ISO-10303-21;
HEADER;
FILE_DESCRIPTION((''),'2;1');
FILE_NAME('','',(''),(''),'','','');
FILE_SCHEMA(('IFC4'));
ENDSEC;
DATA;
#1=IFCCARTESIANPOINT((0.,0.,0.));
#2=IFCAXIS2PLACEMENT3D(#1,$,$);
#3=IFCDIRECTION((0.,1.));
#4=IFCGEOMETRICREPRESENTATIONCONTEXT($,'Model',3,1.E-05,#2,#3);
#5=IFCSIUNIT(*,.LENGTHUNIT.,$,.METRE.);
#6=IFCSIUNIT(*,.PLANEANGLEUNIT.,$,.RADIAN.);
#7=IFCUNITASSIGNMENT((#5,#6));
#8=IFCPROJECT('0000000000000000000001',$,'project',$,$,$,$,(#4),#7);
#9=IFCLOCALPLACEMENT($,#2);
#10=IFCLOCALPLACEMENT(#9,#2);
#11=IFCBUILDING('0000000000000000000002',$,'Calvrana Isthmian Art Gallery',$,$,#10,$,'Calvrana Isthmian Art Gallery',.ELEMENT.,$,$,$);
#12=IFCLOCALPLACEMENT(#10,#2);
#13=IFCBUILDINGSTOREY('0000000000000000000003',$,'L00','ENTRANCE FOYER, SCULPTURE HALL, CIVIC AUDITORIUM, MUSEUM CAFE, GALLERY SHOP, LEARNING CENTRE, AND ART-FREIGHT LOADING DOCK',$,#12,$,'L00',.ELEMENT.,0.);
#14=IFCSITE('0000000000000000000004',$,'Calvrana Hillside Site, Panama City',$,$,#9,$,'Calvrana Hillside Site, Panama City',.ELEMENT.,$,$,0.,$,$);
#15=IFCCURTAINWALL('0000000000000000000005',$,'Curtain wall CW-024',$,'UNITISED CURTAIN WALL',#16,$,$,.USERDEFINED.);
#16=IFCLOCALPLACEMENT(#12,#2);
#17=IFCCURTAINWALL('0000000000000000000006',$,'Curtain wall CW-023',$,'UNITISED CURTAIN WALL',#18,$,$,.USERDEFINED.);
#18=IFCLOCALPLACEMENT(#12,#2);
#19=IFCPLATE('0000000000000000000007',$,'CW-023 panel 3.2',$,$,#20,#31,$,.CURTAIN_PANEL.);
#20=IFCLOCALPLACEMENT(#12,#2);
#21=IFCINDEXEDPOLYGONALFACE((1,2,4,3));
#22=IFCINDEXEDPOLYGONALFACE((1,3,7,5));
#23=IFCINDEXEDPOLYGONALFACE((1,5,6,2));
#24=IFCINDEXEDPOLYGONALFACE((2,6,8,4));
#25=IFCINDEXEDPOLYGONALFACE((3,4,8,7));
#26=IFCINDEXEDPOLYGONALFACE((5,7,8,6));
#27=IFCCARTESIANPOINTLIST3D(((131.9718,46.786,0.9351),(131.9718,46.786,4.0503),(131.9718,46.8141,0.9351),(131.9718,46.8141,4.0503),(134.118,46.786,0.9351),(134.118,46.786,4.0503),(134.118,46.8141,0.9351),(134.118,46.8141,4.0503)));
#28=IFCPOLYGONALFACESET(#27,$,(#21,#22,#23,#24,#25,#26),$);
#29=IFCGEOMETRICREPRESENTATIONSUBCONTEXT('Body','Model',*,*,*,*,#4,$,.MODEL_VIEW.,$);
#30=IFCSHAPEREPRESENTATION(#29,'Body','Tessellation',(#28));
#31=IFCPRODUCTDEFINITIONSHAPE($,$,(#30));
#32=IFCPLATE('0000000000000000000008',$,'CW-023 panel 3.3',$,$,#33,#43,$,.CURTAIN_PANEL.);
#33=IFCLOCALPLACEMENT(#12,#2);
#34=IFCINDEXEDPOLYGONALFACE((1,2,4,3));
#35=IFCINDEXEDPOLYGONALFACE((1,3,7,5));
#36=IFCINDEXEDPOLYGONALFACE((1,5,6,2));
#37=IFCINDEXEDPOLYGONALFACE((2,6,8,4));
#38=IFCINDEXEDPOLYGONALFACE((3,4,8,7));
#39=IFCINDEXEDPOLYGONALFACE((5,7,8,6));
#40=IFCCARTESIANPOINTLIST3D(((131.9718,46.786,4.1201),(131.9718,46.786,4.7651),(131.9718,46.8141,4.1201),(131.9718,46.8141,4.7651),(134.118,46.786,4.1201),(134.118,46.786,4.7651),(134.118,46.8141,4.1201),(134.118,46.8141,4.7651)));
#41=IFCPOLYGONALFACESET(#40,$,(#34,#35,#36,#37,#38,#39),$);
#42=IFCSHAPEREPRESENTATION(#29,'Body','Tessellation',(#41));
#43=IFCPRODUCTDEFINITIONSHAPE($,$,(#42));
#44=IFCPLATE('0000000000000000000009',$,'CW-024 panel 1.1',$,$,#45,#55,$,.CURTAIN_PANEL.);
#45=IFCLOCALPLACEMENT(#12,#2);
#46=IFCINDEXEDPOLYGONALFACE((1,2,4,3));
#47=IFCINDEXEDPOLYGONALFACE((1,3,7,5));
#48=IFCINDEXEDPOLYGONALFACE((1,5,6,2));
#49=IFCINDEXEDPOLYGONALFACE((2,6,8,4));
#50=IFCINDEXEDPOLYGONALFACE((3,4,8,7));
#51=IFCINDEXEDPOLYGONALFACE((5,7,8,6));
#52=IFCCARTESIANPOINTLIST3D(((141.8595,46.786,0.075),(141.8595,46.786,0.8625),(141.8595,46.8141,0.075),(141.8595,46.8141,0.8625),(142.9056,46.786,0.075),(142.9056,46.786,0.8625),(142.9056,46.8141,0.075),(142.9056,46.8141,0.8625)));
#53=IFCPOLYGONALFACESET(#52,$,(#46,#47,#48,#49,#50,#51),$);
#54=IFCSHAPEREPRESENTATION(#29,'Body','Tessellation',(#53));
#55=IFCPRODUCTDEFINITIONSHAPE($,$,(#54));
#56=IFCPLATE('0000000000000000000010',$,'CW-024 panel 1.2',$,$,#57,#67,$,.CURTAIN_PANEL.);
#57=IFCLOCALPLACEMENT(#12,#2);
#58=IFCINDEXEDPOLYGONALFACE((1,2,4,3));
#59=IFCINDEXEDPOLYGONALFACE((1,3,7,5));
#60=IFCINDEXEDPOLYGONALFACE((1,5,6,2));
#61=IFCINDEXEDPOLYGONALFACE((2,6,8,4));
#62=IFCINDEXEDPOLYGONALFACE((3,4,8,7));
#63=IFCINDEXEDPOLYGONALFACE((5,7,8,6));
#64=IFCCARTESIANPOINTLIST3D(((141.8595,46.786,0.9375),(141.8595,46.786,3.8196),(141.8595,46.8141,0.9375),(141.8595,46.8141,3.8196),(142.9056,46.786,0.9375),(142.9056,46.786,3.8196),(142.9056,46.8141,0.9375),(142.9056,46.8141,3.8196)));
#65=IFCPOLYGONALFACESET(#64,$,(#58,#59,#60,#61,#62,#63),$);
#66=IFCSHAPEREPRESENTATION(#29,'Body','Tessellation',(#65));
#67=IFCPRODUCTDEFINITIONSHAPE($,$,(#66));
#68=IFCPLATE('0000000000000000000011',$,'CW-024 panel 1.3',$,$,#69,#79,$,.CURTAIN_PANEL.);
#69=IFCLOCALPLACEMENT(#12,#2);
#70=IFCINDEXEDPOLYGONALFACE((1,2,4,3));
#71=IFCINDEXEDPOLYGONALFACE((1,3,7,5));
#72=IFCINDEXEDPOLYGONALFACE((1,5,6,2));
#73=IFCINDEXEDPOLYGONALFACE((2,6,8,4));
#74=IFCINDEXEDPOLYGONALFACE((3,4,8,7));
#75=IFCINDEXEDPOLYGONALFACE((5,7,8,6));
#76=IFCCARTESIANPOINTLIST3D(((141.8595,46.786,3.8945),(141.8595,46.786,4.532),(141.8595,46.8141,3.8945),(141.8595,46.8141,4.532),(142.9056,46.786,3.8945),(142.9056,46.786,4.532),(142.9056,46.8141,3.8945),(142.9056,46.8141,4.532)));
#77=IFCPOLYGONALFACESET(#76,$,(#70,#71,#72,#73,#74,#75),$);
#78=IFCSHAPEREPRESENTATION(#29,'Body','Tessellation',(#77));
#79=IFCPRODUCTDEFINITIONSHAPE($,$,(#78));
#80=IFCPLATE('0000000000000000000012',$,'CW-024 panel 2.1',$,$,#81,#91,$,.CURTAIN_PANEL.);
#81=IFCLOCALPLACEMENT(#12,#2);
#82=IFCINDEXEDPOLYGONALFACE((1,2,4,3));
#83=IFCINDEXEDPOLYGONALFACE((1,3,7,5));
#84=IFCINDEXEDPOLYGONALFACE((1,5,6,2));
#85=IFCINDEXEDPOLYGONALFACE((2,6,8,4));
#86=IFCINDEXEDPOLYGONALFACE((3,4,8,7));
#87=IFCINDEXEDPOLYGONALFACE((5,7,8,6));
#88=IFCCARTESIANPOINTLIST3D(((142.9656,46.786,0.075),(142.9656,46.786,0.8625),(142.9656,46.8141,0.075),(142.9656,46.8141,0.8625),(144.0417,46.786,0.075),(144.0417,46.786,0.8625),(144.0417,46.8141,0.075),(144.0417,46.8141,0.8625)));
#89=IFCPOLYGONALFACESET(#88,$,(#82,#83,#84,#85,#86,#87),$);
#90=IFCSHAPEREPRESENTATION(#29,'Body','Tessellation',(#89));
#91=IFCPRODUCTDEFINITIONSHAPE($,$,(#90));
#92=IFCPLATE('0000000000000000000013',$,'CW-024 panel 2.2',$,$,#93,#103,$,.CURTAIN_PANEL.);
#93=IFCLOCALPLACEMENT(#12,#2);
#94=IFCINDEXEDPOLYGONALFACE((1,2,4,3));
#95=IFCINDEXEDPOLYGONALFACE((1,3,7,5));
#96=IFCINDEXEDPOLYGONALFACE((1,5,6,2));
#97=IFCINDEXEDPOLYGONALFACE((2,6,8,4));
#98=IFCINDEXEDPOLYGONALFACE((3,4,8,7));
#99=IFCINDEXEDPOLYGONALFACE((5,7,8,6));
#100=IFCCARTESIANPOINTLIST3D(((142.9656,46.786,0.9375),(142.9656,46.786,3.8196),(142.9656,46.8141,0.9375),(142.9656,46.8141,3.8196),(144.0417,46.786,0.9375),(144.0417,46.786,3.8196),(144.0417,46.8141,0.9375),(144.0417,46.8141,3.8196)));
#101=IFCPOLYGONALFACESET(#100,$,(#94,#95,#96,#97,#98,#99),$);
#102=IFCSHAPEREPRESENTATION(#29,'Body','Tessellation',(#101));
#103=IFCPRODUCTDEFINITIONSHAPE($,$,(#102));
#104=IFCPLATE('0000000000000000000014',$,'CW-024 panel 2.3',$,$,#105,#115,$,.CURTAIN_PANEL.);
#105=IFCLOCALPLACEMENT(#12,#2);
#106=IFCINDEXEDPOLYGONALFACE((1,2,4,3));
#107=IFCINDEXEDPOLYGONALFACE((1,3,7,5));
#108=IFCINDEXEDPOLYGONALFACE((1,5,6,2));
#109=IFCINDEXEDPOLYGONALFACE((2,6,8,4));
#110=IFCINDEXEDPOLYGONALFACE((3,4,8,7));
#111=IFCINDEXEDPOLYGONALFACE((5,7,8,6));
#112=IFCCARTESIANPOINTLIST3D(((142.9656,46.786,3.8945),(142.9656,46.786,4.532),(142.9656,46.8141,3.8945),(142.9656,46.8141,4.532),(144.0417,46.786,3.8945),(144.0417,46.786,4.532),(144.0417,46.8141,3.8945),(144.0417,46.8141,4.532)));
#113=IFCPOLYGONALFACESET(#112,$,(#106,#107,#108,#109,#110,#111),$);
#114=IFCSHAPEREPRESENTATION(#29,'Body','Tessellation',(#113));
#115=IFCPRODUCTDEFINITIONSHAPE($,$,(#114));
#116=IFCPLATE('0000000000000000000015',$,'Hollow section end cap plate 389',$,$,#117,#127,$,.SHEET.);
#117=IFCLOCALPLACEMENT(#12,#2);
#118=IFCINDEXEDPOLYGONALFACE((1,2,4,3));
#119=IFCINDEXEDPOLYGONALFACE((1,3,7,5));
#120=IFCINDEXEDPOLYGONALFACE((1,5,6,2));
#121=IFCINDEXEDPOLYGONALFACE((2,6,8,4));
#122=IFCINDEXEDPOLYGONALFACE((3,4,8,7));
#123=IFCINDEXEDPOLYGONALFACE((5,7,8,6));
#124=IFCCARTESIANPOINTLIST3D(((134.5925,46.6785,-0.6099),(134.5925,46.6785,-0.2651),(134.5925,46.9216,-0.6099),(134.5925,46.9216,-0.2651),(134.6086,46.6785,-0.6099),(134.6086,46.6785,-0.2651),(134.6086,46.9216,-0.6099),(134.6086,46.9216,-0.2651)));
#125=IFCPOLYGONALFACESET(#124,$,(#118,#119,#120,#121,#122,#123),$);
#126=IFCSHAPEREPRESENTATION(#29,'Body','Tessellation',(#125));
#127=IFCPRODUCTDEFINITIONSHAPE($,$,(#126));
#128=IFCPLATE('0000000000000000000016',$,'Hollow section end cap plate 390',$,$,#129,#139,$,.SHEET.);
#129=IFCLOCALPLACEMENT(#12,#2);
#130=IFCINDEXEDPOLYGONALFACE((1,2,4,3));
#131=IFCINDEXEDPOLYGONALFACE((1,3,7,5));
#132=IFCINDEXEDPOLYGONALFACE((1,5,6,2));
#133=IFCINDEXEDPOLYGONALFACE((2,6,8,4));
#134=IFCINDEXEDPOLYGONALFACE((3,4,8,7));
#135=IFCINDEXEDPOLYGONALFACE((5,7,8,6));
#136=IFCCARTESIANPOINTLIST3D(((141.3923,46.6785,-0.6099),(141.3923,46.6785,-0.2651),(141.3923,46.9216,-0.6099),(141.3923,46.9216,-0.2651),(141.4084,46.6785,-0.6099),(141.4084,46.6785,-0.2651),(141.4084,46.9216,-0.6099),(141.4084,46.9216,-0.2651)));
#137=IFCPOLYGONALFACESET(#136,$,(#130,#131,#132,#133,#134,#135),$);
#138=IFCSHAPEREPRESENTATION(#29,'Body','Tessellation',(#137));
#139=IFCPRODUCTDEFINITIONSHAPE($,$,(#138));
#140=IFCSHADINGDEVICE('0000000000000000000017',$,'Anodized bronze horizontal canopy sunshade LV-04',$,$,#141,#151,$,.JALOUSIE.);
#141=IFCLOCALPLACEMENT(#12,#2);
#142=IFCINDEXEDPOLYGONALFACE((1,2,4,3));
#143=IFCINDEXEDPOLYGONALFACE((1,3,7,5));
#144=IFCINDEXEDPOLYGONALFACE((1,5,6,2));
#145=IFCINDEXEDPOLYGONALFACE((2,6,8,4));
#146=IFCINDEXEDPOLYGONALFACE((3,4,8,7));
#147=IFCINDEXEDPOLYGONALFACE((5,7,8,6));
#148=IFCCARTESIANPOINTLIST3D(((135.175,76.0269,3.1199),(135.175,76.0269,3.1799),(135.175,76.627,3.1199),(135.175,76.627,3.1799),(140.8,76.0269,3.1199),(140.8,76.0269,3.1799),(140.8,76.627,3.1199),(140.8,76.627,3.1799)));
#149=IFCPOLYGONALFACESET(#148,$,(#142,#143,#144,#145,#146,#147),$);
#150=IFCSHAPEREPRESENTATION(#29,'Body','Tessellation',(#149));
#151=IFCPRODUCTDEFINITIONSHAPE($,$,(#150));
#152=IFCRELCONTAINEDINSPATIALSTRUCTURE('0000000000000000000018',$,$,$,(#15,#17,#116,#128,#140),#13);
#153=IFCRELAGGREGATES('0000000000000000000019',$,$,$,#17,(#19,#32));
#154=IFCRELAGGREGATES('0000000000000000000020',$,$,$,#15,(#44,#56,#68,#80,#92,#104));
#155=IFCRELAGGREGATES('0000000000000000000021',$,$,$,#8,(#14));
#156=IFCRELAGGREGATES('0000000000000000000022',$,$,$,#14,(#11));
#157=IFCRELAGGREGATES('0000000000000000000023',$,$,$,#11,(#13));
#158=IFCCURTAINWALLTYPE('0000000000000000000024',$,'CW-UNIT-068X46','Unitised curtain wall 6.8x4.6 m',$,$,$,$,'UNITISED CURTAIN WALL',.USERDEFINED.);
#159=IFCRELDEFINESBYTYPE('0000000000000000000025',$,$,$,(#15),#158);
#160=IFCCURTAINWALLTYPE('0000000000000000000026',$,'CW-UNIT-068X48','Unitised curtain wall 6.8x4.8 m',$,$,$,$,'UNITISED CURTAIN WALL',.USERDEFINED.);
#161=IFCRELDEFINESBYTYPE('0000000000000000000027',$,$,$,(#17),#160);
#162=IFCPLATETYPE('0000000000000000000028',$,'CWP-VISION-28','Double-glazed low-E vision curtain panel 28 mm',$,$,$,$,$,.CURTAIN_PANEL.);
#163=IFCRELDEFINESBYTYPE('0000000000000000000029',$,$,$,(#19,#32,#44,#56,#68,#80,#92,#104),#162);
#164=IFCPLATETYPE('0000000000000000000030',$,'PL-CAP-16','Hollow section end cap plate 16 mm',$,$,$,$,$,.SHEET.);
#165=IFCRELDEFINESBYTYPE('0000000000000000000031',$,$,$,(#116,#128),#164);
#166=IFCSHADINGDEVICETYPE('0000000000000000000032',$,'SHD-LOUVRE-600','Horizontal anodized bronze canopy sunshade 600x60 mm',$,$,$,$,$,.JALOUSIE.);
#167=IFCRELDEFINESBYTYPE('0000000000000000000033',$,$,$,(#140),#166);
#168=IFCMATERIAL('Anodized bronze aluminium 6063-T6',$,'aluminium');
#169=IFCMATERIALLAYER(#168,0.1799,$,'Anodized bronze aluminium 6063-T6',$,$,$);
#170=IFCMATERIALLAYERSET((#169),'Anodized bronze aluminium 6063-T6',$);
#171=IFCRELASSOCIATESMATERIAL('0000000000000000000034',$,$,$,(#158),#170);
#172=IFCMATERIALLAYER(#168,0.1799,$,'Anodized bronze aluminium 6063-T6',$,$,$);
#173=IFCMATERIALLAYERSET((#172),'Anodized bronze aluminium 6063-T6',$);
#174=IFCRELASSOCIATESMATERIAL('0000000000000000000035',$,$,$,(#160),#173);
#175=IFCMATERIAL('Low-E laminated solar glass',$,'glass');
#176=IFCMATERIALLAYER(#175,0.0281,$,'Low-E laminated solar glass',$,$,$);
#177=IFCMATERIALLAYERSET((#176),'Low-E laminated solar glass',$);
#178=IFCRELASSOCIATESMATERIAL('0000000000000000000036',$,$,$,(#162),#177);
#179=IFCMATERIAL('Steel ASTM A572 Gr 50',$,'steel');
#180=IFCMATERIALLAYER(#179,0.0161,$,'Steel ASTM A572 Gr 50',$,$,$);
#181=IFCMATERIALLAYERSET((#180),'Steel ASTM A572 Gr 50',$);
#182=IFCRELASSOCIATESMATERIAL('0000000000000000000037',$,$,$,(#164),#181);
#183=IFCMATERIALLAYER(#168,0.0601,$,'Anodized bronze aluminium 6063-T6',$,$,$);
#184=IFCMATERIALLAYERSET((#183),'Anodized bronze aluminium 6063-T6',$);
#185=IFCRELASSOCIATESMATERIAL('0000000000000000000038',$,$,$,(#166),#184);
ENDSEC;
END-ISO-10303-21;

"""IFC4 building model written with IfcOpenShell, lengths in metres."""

from ifc_helpers import new_model, si_unit, direction, frame, origin, origin_2d, place, context, subcontext, project, spatial, rectangle, extrude, material, layer, layer_set, type_object, element, aggregate, save


model = new_model("IFC4")

# Units and contexts
model_context = context("Model", 3, precision=1e-05, world=origin(), true_north=direction((0.0, 1.0)))
body_context = subcontext(model_context, "Body", "Model", "MODEL_VIEW")
ifc_project = project(units=[si_unit("LENGTHUNIT", "METRE"), si_unit("PLANEANGLEUNIT", "RADIAN")], contexts=[model_context])

# Site, building, storey
site_placement = place(None, origin())
site = spatial("IfcSite", under=ifc_project, at=site_placement, Name="Calvrana Hillside Site, Panama City", LongName="Calvrana Hillside Site, Panama City", CompositionType="ELEMENT", RefElevation=0.0)
building_placement = place(site_placement, origin())
building = spatial("IfcBuilding", under=site, at=building_placement, Name="Calvrana Isthmian Art Gallery", LongName="Calvrana Isthmian Art Gallery", CompositionType="ELEMENT")
storey_placement = place(building_placement, origin())
storey = spatial("IfcBuildingStorey", under=building, at=storey_placement, Name="L00", Description="ENTRANCE FOYER, SCULPTURE HALL, CIVIC AUDITORIUM, MUSEUM CAFE, GALLERY SHOP, LEARNING CENTRE, AND ART-FREIGHT LOADING DOCK", LongName="L00", CompositionType="ELEMENT", Elevation=0.0)

# Curtain walls
ifc_material_1 = material(Name="Anodized bronze aluminium 6063-T6", Category="aluminium")
ifc_layer_1 = layer(ifc_material_1, 0.1799, Name="Anodized bronze aluminium 6063-T6")
ifc_layer_set_1 = layer_set([ifc_layer_1], Name="Anodized bronze aluminium 6063-T6")
curtain_wall_type_1 = type_object("IfcCurtainWallType", Name="CW-UNIT-068X46", Description="Unitised curtain wall 6.8x4.6 m", ElementType="UNITISED CURTAIN WALL", PredefinedType="USERDEFINED", material=ifc_layer_set_1)
curtain_wall_1_placement = place(storey_placement, origin())
curtain_wall_1 = element("IfcCurtainWall", 1, at=curtain_wall_1_placement, inside=storey, type_object=curtain_wall_type_1, Name="Curtain wall CW-024", ObjectType="UNITISED CURTAIN WALL", PredefinedType="USERDEFINED")
ifc_layer_2 = layer(ifc_material_1, 0.1799, Name="Anodized bronze aluminium 6063-T6")
ifc_layer_set_2 = layer_set([ifc_layer_2], Name="Anodized bronze aluminium 6063-T6")
curtain_wall_type_2 = type_object("IfcCurtainWallType", Name="CW-UNIT-068X48", Description="Unitised curtain wall 6.8x4.8 m", ElementType="UNITISED CURTAIN WALL", PredefinedType="USERDEFINED", material=ifc_layer_set_2)
curtain_wall_2_placement = place(storey_placement, origin())
curtain_wall_2 = element("IfcCurtainWall", 2, at=curtain_wall_2_placement, inside=storey, type_object=curtain_wall_type_2, Name="Curtain wall CW-023", ObjectType="UNITISED CURTAIN WALL", PredefinedType="USERDEFINED")

# Plates
ifc_material_2 = material(Name="Low-E laminated solar glass", Category="glass")
ifc_layer_3 = layer(ifc_material_2, 0.0281, Name="Low-E laminated solar glass")
ifc_layer_set_3 = layer_set([ifc_layer_3], Name="Low-E laminated solar glass")
plate_type_1 = type_object("IfcPlateType", Name="CWP-VISION-28", Description="Double-glazed low-E vision curtain panel 28 mm", PredefinedType="CURTAIN_PANEL", material=ifc_layer_set_3)
plate_1_placement = place(storey_placement, frame((133.0449, 46.8, 0.9351), z_axis=(0.0, 0.0, 1.0), x_axis=(1.0, 0.0, 0.0)))
plate_1 = element("IfcPlate", 3, at=plate_1_placement, type_object=plate_type_1, Name="CW-023 panel 3.2", PredefinedType="CURTAIN_PANEL", context=body_context, shape_type="SweptSolid", body=[
    extrude(rectangle(XDim=2.1462, YDim=0.0281, at=origin_2d()), origin(), (0.0, 0.0, 1.0), 3.1152),
])
plate_2_placement = place(storey_placement, frame((133.0449, 46.8, 4.1201), z_axis=(0.0, 0.0, 1.0), x_axis=(1.0, 0.0, 0.0)))
plate_2 = element("IfcPlate", 4, at=plate_2_placement, type_object=plate_type_1, Name="CW-023 panel 3.3", PredefinedType="CURTAIN_PANEL", context=body_context, shape_type="SweptSolid", body=[
    extrude(rectangle(XDim=2.1462, YDim=0.0281, at=origin_2d()), origin(), (0.0, 0.0, 1.0), 0.645),
])
aggregate(curtain_wall_2, [plate_1, plate_2])
plate_3_placement = place(storey_placement, frame((142.3826, 46.8, 0.075), z_axis=(0.0, 0.0, 1.0), x_axis=(1.0, 0.0, 0.0)))
plate_3 = element("IfcPlate", 5, at=plate_3_placement, type_object=plate_type_1, Name="CW-024 panel 1.1", PredefinedType="CURTAIN_PANEL", context=body_context, shape_type="SweptSolid", body=[
    extrude(rectangle(XDim=1.0461, YDim=0.0281, at=origin_2d()), origin(), (0.0, 0.0, 1.0), 0.7876),
])
plate_4_placement = place(storey_placement, frame((142.3826, 46.8, 0.9375), z_axis=(0.0, 0.0, 1.0), x_axis=(1.0, 0.0, 0.0)))
plate_4 = element("IfcPlate", 6, at=plate_4_placement, type_object=plate_type_1, Name="CW-024 panel 1.2", PredefinedType="CURTAIN_PANEL", context=body_context, shape_type="SweptSolid", body=[
    extrude(rectangle(XDim=1.0461, YDim=0.0281, at=origin_2d()), origin(), (0.0, 0.0, 1.0), 2.8821),
])
plate_5_placement = place(storey_placement, frame((142.3826, 46.8, 3.8945), z_axis=(0.0, 0.0, 1.0), x_axis=(1.0, 0.0, 0.0)))
plate_5 = element("IfcPlate", 7, at=plate_5_placement, type_object=plate_type_1, Name="CW-024 panel 1.3", PredefinedType="CURTAIN_PANEL", context=body_context, shape_type="SweptSolid", body=[
    extrude(rectangle(XDim=1.0461, YDim=0.0281, at=origin_2d()), origin(), (0.0, 0.0, 1.0), 0.6375),
])
plate_6_placement = place(storey_placement, frame((143.5037, 46.8, 0.075), z_axis=(0.0, 0.0, 1.0), x_axis=(1.0, 0.0, 0.0)))
plate_6 = element("IfcPlate", 8, at=plate_6_placement, type_object=plate_type_1, Name="CW-024 panel 2.1", PredefinedType="CURTAIN_PANEL", context=body_context, shape_type="SweptSolid", body=[
    extrude(rectangle(XDim=1.0762, YDim=0.0281, at=origin_2d()), origin(), (0.0, 0.0, 1.0), 0.7876),
])
plate_7_placement = place(storey_placement, frame((143.5037, 46.8, 0.9375), z_axis=(0.0, 0.0, 1.0), x_axis=(1.0, 0.0, 0.0)))
plate_7 = element("IfcPlate", 9, at=plate_7_placement, type_object=plate_type_1, Name="CW-024 panel 2.2", PredefinedType="CURTAIN_PANEL", context=body_context, shape_type="SweptSolid", body=[
    extrude(rectangle(XDim=1.0762, YDim=0.0281, at=origin_2d()), origin(), (0.0, 0.0, 1.0), 2.8821),
])
plate_8_placement = place(storey_placement, frame((143.5037, 46.8, 3.8945), z_axis=(0.0, 0.0, 1.0), x_axis=(1.0, 0.0, 0.0)))
plate_8 = element("IfcPlate", 10, at=plate_8_placement, type_object=plate_type_1, Name="CW-024 panel 2.3", PredefinedType="CURTAIN_PANEL", context=body_context, shape_type="SweptSolid", body=[
    extrude(rectangle(XDim=1.0762, YDim=0.0281, at=origin_2d()), origin(), (0.0, 0.0, 1.0), 0.6375),
])
aggregate(curtain_wall_1, [plate_3, plate_4, plate_5, plate_6, plate_7, plate_8])

# Plates
ifc_material_3 = material(Name="Steel ASTM A572 Gr 50", Category="steel")
ifc_layer_4 = layer(ifc_material_3, 0.0161, Name="Steel ASTM A572 Gr 50")
ifc_layer_set_4 = layer_set([ifc_layer_4], Name="Steel ASTM A572 Gr 50")
plate_type_2 = type_object("IfcPlateType", Name="PL-CAP-16", Description="Hollow section end cap plate 16 mm", PredefinedType="SHEET", material=ifc_layer_set_4)
for number, where, z_axis, x_axis, name in (
    (11, (134.6006, 46.8, -0.6099), (0.0, 0.0, 1.0), (1.0, 0.0, 0.0), "Hollow section end cap plate 389"),
    (12, (141.4004, 46.8, -0.6099), (0.0, 0.0, 1.0), (1.0, 0.0, 0.0), "Hollow section end cap plate 390"),
):
    element("IfcPlate", number, at=place(storey_placement, frame(where, z_axis=z_axis, x_axis=x_axis)), inside=storey, type_object=plate_type_2, Name=name, PredefinedType="SHEET", context=body_context, shape_type="SweptSolid", body=[
        extrude(rectangle(XDim=0.0161, YDim=0.2432, at=origin_2d()), origin(), (0.0, 0.0, 1.0), 0.3447),
    ])

# Shading device
ifc_layer_5 = layer(ifc_material_1, 0.0601, Name="Anodized bronze aluminium 6063-T6")
ifc_layer_set_5 = layer_set([ifc_layer_5], Name="Anodized bronze aluminium 6063-T6")
shading_device_type = type_object("IfcShadingDeviceType", Name="SHD-LOUVRE-600", Description="Horizontal anodized bronze canopy sunshade 600x60 mm", PredefinedType="JALOUSIE", material=ifc_layer_set_5)
shading_device_placement = place(storey_placement, frame((137.9875, 76.3269, 3.1199), z_axis=(0.0, 0.0, 1.0), x_axis=(-1.0, 0.0, 0.0)))
element("IfcShadingDevice", 13, at=shading_device_placement, inside=storey, type_object=shading_device_type, Name="Anodized bronze horizontal canopy sunshade LV-04", PredefinedType="JALOUSIE", context=body_context, shape_type="SweptSolid", body=[
    extrude(rectangle(XDim=5.625, YDim=0.6001, at=origin_2d()), origin(), (0.0, 0.0, 1.0), 0.0601),
])

save(model, "model.ifc")
